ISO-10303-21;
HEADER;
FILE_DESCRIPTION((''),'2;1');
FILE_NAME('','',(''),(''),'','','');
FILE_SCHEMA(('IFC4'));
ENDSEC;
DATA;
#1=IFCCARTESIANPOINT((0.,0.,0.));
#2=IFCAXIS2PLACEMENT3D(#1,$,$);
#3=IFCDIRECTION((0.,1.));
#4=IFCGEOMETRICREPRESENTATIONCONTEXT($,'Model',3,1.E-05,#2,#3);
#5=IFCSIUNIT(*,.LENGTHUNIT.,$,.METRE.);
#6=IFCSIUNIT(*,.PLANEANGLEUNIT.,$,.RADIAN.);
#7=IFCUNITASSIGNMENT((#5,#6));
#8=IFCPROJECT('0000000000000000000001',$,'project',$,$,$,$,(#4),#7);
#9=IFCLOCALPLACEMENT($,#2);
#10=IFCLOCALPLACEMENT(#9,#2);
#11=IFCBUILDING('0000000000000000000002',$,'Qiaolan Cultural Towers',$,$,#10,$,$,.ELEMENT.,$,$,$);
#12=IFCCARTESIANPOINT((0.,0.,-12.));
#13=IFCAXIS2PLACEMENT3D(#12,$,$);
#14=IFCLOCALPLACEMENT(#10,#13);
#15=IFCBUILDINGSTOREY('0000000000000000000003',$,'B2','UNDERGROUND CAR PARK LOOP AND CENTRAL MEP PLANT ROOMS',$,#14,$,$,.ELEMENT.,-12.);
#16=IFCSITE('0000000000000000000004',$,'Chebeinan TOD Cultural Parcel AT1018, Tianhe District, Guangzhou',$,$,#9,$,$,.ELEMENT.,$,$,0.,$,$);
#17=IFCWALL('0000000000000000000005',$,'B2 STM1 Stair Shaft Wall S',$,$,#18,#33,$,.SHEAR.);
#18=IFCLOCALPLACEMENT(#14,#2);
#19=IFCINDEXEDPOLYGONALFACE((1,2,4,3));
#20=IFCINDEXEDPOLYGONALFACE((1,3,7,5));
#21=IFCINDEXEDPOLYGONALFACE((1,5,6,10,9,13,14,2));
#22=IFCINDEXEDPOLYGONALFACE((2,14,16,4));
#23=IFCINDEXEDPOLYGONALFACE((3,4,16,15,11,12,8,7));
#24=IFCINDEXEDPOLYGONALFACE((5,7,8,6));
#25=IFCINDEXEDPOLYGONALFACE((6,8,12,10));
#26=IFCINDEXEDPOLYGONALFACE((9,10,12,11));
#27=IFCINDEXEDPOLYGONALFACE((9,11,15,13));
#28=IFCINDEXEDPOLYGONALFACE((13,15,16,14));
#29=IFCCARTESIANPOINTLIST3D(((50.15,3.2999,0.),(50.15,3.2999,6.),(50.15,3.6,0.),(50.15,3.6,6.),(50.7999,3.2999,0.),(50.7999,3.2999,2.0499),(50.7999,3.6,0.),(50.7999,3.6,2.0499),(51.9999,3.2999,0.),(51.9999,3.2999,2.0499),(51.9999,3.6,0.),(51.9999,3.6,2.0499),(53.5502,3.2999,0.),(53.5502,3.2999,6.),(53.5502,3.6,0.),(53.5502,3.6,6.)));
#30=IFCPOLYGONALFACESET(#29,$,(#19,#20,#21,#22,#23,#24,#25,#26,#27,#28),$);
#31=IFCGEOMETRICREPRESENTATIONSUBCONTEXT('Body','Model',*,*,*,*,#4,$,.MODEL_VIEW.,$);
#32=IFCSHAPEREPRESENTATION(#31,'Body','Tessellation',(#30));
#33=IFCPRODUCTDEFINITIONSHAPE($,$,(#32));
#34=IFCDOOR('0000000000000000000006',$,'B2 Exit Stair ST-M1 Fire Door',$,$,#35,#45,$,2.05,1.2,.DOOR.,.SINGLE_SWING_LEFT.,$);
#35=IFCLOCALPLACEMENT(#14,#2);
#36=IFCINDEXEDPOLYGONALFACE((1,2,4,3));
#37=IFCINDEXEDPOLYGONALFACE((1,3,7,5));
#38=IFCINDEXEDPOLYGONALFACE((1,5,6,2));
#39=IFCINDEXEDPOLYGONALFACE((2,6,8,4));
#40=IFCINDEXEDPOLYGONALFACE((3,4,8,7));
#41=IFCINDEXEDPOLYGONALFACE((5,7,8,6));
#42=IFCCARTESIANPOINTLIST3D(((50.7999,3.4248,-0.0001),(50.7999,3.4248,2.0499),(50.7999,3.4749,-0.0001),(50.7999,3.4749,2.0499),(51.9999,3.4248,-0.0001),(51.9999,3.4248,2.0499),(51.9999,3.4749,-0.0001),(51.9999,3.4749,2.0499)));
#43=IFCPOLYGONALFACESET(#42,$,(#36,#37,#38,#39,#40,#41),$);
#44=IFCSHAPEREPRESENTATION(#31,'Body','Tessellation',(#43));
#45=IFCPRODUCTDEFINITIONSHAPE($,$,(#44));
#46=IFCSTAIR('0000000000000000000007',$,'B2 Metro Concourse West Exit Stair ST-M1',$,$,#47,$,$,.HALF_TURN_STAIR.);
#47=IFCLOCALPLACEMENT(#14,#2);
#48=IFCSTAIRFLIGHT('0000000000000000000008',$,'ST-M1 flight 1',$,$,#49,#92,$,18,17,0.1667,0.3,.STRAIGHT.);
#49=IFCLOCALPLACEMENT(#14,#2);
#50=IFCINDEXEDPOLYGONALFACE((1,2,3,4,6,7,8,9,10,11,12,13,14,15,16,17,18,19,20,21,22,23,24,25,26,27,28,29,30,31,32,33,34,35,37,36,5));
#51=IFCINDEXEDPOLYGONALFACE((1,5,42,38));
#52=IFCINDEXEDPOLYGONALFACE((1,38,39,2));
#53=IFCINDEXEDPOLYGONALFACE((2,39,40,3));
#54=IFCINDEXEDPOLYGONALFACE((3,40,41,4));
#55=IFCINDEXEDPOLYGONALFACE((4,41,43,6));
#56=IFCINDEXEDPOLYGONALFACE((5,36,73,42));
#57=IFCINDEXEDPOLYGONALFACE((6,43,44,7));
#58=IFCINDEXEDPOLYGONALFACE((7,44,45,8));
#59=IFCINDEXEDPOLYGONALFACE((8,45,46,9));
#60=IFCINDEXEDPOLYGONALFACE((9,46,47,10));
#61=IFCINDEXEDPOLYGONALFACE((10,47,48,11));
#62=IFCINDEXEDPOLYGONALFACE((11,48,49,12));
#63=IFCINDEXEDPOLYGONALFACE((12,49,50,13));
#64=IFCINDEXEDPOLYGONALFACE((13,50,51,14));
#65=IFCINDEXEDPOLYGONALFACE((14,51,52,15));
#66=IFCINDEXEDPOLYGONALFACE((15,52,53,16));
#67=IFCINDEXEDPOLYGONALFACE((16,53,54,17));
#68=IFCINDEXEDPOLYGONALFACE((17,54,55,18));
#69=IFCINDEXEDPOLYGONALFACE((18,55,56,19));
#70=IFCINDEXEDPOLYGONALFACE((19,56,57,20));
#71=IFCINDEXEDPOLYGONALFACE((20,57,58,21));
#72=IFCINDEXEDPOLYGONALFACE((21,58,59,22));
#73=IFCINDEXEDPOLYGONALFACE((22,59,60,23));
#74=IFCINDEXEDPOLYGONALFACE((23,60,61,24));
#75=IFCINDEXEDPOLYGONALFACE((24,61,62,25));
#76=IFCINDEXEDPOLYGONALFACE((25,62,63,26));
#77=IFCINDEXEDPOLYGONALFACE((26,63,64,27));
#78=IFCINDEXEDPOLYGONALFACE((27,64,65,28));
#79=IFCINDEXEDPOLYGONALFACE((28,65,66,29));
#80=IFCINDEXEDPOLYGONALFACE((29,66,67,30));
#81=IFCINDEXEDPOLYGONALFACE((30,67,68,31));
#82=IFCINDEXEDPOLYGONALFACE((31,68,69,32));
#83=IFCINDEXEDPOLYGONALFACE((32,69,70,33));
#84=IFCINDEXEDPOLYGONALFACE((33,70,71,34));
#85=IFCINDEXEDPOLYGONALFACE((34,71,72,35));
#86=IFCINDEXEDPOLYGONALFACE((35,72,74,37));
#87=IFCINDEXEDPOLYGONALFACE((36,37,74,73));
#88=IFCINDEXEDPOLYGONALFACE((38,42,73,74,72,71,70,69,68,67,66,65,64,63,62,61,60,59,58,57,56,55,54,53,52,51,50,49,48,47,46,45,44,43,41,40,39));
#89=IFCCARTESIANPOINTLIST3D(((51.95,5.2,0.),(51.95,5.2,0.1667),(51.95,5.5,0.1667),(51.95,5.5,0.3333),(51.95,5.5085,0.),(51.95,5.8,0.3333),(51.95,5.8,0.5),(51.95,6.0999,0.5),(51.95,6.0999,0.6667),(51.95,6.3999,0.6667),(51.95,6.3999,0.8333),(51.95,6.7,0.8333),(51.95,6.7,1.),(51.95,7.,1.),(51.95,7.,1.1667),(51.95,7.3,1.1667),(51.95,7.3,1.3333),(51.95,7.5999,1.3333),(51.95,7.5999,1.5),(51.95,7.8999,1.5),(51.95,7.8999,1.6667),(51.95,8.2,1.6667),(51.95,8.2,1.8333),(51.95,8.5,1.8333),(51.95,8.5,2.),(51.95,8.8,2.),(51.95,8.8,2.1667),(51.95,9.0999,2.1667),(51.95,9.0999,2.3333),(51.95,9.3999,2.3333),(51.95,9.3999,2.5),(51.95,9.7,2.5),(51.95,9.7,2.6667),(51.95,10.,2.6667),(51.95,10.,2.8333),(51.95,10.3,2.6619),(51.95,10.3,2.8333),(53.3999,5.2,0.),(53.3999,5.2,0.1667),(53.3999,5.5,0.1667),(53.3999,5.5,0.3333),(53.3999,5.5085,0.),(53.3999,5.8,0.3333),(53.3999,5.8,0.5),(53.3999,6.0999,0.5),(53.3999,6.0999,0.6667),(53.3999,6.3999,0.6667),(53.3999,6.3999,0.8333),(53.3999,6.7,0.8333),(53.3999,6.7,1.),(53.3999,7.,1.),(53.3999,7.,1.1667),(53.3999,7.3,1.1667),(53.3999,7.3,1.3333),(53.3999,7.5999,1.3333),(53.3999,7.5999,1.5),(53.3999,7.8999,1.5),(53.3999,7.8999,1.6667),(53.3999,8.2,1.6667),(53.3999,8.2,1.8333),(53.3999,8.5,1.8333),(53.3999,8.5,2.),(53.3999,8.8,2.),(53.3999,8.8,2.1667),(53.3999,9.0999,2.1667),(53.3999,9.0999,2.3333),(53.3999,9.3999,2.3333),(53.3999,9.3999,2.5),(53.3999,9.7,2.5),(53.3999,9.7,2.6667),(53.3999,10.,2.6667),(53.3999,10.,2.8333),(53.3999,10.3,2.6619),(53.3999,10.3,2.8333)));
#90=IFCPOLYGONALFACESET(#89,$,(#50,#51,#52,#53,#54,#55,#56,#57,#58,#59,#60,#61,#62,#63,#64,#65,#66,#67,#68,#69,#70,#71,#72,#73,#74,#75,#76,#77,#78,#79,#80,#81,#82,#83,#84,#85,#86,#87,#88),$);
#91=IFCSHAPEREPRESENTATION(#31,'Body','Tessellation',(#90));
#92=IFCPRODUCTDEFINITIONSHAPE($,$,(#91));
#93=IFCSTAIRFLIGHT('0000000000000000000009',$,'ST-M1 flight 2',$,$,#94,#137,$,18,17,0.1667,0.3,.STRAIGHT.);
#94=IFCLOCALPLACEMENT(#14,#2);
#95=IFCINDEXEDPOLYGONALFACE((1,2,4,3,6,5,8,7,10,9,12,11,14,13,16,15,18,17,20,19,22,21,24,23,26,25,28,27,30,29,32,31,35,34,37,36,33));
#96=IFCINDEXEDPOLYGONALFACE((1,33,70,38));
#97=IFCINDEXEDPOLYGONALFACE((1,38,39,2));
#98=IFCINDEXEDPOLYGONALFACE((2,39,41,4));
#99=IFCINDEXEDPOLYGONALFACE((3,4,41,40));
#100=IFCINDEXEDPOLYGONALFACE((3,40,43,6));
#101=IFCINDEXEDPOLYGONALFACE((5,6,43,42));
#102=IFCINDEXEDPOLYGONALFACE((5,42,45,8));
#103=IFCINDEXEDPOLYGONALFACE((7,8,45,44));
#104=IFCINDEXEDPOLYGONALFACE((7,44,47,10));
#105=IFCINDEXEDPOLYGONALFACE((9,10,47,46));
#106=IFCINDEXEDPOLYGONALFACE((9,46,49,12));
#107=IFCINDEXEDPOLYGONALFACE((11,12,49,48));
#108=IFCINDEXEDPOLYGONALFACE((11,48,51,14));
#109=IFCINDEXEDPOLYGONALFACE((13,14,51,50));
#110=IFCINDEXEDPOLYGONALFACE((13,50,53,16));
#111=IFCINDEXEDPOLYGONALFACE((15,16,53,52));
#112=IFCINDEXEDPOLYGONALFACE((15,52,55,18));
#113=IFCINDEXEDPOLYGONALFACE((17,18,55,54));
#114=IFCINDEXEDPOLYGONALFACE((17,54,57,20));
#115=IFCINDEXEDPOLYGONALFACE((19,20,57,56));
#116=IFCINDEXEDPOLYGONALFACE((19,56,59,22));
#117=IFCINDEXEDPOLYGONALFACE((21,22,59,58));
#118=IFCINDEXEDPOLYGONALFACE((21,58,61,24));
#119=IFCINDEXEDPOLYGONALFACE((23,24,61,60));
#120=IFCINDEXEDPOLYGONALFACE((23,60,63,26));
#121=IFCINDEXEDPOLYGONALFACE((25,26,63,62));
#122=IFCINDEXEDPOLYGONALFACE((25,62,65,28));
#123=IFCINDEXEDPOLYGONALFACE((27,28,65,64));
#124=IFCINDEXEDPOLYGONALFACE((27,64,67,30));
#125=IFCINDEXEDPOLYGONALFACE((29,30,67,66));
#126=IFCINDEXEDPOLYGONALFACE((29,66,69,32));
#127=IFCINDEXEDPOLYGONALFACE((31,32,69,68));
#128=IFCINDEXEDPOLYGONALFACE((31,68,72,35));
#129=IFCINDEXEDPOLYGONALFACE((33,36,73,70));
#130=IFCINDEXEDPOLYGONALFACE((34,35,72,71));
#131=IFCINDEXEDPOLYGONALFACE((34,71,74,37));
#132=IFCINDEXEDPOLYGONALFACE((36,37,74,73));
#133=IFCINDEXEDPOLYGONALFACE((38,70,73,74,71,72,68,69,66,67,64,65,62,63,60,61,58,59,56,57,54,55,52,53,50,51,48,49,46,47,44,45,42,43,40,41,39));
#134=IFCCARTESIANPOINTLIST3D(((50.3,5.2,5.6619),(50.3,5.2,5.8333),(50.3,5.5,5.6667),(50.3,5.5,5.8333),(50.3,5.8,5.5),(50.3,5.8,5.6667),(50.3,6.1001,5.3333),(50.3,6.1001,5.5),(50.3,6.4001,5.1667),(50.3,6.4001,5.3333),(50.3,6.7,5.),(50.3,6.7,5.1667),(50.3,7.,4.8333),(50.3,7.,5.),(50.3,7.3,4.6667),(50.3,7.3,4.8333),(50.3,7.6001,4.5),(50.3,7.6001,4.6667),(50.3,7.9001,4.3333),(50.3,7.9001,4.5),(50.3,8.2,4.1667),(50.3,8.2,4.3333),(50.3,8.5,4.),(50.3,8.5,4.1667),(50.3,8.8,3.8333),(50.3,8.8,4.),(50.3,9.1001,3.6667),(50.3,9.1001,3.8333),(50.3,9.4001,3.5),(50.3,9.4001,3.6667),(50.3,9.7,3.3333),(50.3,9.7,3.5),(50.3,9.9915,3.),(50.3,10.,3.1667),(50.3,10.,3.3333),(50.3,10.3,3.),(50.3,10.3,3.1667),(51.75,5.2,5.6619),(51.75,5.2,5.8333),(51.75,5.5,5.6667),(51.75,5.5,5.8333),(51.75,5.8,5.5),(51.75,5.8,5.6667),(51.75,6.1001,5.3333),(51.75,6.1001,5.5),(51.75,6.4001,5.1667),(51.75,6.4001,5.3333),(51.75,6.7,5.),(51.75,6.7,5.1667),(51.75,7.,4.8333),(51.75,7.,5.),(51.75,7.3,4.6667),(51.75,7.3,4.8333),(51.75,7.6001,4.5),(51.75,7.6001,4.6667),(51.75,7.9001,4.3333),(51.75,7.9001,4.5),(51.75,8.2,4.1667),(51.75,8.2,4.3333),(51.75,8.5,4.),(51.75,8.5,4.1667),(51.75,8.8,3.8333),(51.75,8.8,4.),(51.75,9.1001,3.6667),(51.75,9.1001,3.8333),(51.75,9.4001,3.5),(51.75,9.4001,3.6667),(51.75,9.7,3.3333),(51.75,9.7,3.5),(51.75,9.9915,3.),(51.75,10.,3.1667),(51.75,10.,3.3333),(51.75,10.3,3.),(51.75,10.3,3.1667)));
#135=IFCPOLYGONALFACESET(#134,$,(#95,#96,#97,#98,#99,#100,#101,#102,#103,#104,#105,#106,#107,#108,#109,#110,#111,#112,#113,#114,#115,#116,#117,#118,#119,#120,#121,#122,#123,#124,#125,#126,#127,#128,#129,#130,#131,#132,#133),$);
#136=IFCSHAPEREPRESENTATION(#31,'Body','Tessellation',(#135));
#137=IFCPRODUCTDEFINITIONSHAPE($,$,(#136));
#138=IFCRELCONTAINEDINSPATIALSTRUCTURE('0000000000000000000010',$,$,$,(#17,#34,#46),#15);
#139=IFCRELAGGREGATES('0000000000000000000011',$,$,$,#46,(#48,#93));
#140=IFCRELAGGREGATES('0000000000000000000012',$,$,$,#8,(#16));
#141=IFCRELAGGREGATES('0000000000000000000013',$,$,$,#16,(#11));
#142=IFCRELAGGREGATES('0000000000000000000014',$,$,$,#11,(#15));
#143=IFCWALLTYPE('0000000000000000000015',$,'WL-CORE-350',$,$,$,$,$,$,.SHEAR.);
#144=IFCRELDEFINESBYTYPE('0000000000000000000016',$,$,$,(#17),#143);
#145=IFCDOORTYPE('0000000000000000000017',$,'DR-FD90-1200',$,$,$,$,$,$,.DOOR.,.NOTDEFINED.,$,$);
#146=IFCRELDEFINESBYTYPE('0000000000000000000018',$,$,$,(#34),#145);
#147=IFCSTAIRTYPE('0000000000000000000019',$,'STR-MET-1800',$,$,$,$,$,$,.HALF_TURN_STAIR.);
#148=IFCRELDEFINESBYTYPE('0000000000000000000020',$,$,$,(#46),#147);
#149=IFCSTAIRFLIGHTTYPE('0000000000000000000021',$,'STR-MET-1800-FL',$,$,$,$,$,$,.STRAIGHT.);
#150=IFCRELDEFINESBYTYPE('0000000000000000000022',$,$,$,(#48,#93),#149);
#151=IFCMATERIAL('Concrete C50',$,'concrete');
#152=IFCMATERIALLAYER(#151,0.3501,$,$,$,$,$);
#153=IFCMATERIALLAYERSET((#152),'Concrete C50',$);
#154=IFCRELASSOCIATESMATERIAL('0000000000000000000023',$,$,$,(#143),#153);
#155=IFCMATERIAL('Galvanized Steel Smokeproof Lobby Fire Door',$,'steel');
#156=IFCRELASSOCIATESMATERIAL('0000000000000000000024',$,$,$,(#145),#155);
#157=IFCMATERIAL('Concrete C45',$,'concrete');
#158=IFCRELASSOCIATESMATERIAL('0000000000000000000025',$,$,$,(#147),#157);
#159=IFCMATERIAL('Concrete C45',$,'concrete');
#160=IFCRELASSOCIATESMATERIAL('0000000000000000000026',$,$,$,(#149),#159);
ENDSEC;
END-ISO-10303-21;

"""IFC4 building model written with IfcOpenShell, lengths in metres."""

from ifc_helpers import new_model, si_unit, direction, frame, frame_2d, origin, place, context, subcontext, project, spatial, polyline, rectangle, outline, extrude, material, layer, layer_set, type_object, element, fill, aggregate, save


model = new_model("IFC4")

# Units and contexts
model_context = context("Model", 3, precision=1e-05, world=origin(), true_north=direction((0.0, 1.0)))
body_context = subcontext(model_context, "Body", "Model", "MODEL_VIEW")
ifc_project = project(units=[si_unit("LENGTHUNIT", "METRE"), si_unit("PLANEANGLEUNIT", "RADIAN")], contexts=[model_context])

# Site, building, storey
site_placement = place(None, origin())
site = spatial("IfcSite", under=ifc_project, at=site_placement, Name="Chebeinan TOD Cultural Parcel AT1018, Tianhe District, Guangzhou", CompositionType="ELEMENT", RefElevation=0.0)
building_placement = place(site_placement, origin())
building = spatial("IfcBuilding", under=site, at=building_placement, Name="Qiaolan Cultural Towers", CompositionType="ELEMENT")
storey_placement = place(building_placement, frame((0.0, 0.0, -12.0)))
storey = spatial("IfcBuildingStorey", under=building, at=storey_placement, Name="B2", Description="UNDERGROUND CAR PARK LOOP AND CENTRAL MEP PLANT ROOMS", CompositionType="ELEMENT", Elevation=-12.0)

# Shared definitions
ifc_material_1 = material(Name="Concrete C50", Category="concrete")
ifc_layer = layer(ifc_material_1, 0.3501)
ifc_layer_set = layer_set([ifc_layer], Name="Concrete C50")
wall_type = type_object("IfcWallType", Name="WL-CORE-350", PredefinedType="SHEAR", material=ifc_layer_set)

# Wall, opening, door
wall_1_placement = place(storey_placement, frame((50.1499, 3.45, 0.0), z_axis=(0.0, 0.0, 1.0), x_axis=(1.0, 0.0, 0.0)))
wall_1 = element("IfcWall", 1, at=wall_1_placement, inside=storey, type_object=wall_type, Name="B2 STM1 Stair Shaft Wall S", PredefinedType="SHEAR", context=body_context, shape_type="SweptSolid", body=[
    extrude(rectangle(XDim=3.4001, YDim=0.3, at=frame_2d((1.7002, 0.0))), origin(), (0.0, 0.0, 1.0), 6.0),
])
opening_placement = place(wall_1_placement, frame((0.6499, 0.0, 0.0)))
opening = element("IfcOpeningElement", 2, at=opening_placement, cuts=wall_1, PredefinedType="OPENING", context=body_context, shape_type="SweptSolid", body=[
    extrude(rectangle(XDim=1.2, YDim=2.05, at=frame_2d((0.6001, 1.0249))), frame((0.0, 0.1599, 0.0), z_axis=(0.0, -1.0, 0.0), x_axis=(1.0, 0.0, 0.0)), (0.0, 0.0, 1.0), 0.3201),
])
ifc_material_2 = material(Name="Galvanized Steel Smokeproof Lobby Fire Door", Category="steel")
door_type = type_object("IfcDoorType", Name="DR-FD90-1200", OperationType="NOTDEFINED", PredefinedType="DOOR", material=ifc_material_2)
door_placement = place(opening_placement, origin())
door = element("IfcDoor", 3, at=door_placement, inside=storey, type_object=door_type, Name="B2 Exit Stair ST-M1 Fire Door", OperationType="SINGLE_SWING_LEFT", OverallHeight=2.05, OverallWidth=1.2, PredefinedType="DOOR", context=body_context, shape_type="SweptSolid", body=[
    extrude(rectangle(XDim=1.2, YDim=2.05, at=frame_2d((0.6001, 1.0249))), frame((0.0, 0.0249, 0.0), z_axis=(0.0, -1.0, 0.0), x_axis=(1.0, 0.0, 0.0)), (0.0, 0.0, 1.0), 0.05),
])
fill(opening, door)

# Stair, stair flights
ifc_material_3 = material(Name="Concrete C45", Category="concrete")
stair_type = type_object("IfcStairType", Name="STR-MET-1800", PredefinedType="HALF_TURN_STAIR", material=ifc_material_3)
stair_placement = place(storey_placement, origin())
stair = element("IfcStair", 4, at=stair_placement, inside=storey, type_object=stair_type, Name="B2 Metro Concourse West Exit Stair ST-M1", PredefinedType="HALF_TURN_STAIR")
ifc_material_4 = material(Name="Concrete C45", Category="concrete")
stair_flight_type = type_object("IfcStairFlightType", Name="STR-MET-1800-FL", PredefinedType="STRAIGHT", material=ifc_material_4)
stair_flight_1_placement = place(storey_placement, frame((52.675, 5.2, 0.0), z_axis=(0.0, 0.0, 1.0), x_axis=(0.0, 1.0, 0.0)))
stair_flight_1 = element("IfcStairFlight", 5, at=stair_flight_1_placement, type_object=stair_flight_type, Name="ST-M1 flight 1", NumberOfRisers=18, NumberOfTreads=17, PredefinedType="STRAIGHT", RiserHeight=0.1667, TreadLength=0.3, context=body_context, shape_type="SweptSolid", body=[
    extrude(outline(polyline([(0.0, 0.0), (0.0, 0.1667), (0.3, 0.1667), (0.3, 0.3333), (0.6001, 0.3333), (0.6001, 0.5), (0.8999, 0.5), (0.8999, 0.6667), (1.2, 0.6667), (1.2, 0.8333), (1.5, 0.8333), (1.5, 1.0), (1.8, 1.0), (1.8, 1.1667), (2.1001, 1.1667), (2.1001, 1.3333), (2.3999, 1.3333), (2.3999, 1.5), (2.7, 1.5), (2.7, 1.6667), (3.0, 1.6667), (3.0, 1.8333), (3.3, 1.8333), (3.3, 2.0), (3.6001, 2.0), (3.6001, 2.1667), (3.8999, 2.1667), (3.8999, 2.3333), (4.2, 2.3333), (4.2, 2.5), (4.5, 2.5), (4.5, 2.6667), (4.8, 2.6667), (4.8, 2.8333), (5.1001, 2.8333), (5.1001, 3.0), (5.1001, 2.6619), (0.3086, 0.0), (0.0, 0.0)])), frame((0.0, 0.7251, 0.0), z_axis=(0.0, -1.0, 0.0), x_axis=(1.0, 0.0, 0.0)), (0.0, 0.0, 1.0), 1.45),
])
stair_flight_2_placement = place(storey_placement, frame((51.0249, 10.3, 3.0), z_axis=(0.0, 0.0, 1.0), x_axis=(0.0, -1.0, 0.0)))
stair_flight_2 = element("IfcStairFlight", 6, at=stair_flight_2_placement, type_object=stair_flight_type, Name="ST-M1 flight 2", NumberOfRisers=18, NumberOfTreads=17, PredefinedType="STRAIGHT", RiserHeight=0.1667, TreadLength=0.3, context=body_context, shape_type="SweptSolid", body=[
    extrude(outline(polyline([(0.0, 0.0), (0.0, 0.1667), (0.3, 0.1667), (0.3, 0.3333), (0.6001, 0.3333), (0.6001, 0.5), (0.8999, 0.5), (0.8999, 0.6667), (1.2, 0.6667), (1.2, 0.8333), (1.5, 0.8333), (1.5, 1.0), (1.8, 1.0), (1.8, 1.1667), (2.1001, 1.1667), (2.1001, 1.3333), (2.3999, 1.3333), (2.3999, 1.5), (2.7, 1.5), (2.7, 1.6667), (3.0, 1.6667), (3.0, 1.8333), (3.3, 1.8333), (3.3, 2.0), (3.6001, 2.0), (3.6001, 2.1667), (3.8999, 2.1667), (3.8999, 2.3333), (4.2, 2.3333), (4.2, 2.5), (4.5, 2.5), (4.5, 2.6667), (4.8, 2.6667), (4.8, 2.8333), (5.1001, 2.8333), (5.1001, 3.0), (5.1001, 2.6619), (0.3086, 0.0), (0.0, 0.0)])), frame((0.0, 0.7251, 0.0), z_axis=(0.0, -1.0, 0.0), x_axis=(1.0, 0.0, 0.0)), (0.0, 0.0, 1.0), 1.45),
])
aggregate(stair, [stair_flight_1, stair_flight_2])

save(model, "model.ifc")
